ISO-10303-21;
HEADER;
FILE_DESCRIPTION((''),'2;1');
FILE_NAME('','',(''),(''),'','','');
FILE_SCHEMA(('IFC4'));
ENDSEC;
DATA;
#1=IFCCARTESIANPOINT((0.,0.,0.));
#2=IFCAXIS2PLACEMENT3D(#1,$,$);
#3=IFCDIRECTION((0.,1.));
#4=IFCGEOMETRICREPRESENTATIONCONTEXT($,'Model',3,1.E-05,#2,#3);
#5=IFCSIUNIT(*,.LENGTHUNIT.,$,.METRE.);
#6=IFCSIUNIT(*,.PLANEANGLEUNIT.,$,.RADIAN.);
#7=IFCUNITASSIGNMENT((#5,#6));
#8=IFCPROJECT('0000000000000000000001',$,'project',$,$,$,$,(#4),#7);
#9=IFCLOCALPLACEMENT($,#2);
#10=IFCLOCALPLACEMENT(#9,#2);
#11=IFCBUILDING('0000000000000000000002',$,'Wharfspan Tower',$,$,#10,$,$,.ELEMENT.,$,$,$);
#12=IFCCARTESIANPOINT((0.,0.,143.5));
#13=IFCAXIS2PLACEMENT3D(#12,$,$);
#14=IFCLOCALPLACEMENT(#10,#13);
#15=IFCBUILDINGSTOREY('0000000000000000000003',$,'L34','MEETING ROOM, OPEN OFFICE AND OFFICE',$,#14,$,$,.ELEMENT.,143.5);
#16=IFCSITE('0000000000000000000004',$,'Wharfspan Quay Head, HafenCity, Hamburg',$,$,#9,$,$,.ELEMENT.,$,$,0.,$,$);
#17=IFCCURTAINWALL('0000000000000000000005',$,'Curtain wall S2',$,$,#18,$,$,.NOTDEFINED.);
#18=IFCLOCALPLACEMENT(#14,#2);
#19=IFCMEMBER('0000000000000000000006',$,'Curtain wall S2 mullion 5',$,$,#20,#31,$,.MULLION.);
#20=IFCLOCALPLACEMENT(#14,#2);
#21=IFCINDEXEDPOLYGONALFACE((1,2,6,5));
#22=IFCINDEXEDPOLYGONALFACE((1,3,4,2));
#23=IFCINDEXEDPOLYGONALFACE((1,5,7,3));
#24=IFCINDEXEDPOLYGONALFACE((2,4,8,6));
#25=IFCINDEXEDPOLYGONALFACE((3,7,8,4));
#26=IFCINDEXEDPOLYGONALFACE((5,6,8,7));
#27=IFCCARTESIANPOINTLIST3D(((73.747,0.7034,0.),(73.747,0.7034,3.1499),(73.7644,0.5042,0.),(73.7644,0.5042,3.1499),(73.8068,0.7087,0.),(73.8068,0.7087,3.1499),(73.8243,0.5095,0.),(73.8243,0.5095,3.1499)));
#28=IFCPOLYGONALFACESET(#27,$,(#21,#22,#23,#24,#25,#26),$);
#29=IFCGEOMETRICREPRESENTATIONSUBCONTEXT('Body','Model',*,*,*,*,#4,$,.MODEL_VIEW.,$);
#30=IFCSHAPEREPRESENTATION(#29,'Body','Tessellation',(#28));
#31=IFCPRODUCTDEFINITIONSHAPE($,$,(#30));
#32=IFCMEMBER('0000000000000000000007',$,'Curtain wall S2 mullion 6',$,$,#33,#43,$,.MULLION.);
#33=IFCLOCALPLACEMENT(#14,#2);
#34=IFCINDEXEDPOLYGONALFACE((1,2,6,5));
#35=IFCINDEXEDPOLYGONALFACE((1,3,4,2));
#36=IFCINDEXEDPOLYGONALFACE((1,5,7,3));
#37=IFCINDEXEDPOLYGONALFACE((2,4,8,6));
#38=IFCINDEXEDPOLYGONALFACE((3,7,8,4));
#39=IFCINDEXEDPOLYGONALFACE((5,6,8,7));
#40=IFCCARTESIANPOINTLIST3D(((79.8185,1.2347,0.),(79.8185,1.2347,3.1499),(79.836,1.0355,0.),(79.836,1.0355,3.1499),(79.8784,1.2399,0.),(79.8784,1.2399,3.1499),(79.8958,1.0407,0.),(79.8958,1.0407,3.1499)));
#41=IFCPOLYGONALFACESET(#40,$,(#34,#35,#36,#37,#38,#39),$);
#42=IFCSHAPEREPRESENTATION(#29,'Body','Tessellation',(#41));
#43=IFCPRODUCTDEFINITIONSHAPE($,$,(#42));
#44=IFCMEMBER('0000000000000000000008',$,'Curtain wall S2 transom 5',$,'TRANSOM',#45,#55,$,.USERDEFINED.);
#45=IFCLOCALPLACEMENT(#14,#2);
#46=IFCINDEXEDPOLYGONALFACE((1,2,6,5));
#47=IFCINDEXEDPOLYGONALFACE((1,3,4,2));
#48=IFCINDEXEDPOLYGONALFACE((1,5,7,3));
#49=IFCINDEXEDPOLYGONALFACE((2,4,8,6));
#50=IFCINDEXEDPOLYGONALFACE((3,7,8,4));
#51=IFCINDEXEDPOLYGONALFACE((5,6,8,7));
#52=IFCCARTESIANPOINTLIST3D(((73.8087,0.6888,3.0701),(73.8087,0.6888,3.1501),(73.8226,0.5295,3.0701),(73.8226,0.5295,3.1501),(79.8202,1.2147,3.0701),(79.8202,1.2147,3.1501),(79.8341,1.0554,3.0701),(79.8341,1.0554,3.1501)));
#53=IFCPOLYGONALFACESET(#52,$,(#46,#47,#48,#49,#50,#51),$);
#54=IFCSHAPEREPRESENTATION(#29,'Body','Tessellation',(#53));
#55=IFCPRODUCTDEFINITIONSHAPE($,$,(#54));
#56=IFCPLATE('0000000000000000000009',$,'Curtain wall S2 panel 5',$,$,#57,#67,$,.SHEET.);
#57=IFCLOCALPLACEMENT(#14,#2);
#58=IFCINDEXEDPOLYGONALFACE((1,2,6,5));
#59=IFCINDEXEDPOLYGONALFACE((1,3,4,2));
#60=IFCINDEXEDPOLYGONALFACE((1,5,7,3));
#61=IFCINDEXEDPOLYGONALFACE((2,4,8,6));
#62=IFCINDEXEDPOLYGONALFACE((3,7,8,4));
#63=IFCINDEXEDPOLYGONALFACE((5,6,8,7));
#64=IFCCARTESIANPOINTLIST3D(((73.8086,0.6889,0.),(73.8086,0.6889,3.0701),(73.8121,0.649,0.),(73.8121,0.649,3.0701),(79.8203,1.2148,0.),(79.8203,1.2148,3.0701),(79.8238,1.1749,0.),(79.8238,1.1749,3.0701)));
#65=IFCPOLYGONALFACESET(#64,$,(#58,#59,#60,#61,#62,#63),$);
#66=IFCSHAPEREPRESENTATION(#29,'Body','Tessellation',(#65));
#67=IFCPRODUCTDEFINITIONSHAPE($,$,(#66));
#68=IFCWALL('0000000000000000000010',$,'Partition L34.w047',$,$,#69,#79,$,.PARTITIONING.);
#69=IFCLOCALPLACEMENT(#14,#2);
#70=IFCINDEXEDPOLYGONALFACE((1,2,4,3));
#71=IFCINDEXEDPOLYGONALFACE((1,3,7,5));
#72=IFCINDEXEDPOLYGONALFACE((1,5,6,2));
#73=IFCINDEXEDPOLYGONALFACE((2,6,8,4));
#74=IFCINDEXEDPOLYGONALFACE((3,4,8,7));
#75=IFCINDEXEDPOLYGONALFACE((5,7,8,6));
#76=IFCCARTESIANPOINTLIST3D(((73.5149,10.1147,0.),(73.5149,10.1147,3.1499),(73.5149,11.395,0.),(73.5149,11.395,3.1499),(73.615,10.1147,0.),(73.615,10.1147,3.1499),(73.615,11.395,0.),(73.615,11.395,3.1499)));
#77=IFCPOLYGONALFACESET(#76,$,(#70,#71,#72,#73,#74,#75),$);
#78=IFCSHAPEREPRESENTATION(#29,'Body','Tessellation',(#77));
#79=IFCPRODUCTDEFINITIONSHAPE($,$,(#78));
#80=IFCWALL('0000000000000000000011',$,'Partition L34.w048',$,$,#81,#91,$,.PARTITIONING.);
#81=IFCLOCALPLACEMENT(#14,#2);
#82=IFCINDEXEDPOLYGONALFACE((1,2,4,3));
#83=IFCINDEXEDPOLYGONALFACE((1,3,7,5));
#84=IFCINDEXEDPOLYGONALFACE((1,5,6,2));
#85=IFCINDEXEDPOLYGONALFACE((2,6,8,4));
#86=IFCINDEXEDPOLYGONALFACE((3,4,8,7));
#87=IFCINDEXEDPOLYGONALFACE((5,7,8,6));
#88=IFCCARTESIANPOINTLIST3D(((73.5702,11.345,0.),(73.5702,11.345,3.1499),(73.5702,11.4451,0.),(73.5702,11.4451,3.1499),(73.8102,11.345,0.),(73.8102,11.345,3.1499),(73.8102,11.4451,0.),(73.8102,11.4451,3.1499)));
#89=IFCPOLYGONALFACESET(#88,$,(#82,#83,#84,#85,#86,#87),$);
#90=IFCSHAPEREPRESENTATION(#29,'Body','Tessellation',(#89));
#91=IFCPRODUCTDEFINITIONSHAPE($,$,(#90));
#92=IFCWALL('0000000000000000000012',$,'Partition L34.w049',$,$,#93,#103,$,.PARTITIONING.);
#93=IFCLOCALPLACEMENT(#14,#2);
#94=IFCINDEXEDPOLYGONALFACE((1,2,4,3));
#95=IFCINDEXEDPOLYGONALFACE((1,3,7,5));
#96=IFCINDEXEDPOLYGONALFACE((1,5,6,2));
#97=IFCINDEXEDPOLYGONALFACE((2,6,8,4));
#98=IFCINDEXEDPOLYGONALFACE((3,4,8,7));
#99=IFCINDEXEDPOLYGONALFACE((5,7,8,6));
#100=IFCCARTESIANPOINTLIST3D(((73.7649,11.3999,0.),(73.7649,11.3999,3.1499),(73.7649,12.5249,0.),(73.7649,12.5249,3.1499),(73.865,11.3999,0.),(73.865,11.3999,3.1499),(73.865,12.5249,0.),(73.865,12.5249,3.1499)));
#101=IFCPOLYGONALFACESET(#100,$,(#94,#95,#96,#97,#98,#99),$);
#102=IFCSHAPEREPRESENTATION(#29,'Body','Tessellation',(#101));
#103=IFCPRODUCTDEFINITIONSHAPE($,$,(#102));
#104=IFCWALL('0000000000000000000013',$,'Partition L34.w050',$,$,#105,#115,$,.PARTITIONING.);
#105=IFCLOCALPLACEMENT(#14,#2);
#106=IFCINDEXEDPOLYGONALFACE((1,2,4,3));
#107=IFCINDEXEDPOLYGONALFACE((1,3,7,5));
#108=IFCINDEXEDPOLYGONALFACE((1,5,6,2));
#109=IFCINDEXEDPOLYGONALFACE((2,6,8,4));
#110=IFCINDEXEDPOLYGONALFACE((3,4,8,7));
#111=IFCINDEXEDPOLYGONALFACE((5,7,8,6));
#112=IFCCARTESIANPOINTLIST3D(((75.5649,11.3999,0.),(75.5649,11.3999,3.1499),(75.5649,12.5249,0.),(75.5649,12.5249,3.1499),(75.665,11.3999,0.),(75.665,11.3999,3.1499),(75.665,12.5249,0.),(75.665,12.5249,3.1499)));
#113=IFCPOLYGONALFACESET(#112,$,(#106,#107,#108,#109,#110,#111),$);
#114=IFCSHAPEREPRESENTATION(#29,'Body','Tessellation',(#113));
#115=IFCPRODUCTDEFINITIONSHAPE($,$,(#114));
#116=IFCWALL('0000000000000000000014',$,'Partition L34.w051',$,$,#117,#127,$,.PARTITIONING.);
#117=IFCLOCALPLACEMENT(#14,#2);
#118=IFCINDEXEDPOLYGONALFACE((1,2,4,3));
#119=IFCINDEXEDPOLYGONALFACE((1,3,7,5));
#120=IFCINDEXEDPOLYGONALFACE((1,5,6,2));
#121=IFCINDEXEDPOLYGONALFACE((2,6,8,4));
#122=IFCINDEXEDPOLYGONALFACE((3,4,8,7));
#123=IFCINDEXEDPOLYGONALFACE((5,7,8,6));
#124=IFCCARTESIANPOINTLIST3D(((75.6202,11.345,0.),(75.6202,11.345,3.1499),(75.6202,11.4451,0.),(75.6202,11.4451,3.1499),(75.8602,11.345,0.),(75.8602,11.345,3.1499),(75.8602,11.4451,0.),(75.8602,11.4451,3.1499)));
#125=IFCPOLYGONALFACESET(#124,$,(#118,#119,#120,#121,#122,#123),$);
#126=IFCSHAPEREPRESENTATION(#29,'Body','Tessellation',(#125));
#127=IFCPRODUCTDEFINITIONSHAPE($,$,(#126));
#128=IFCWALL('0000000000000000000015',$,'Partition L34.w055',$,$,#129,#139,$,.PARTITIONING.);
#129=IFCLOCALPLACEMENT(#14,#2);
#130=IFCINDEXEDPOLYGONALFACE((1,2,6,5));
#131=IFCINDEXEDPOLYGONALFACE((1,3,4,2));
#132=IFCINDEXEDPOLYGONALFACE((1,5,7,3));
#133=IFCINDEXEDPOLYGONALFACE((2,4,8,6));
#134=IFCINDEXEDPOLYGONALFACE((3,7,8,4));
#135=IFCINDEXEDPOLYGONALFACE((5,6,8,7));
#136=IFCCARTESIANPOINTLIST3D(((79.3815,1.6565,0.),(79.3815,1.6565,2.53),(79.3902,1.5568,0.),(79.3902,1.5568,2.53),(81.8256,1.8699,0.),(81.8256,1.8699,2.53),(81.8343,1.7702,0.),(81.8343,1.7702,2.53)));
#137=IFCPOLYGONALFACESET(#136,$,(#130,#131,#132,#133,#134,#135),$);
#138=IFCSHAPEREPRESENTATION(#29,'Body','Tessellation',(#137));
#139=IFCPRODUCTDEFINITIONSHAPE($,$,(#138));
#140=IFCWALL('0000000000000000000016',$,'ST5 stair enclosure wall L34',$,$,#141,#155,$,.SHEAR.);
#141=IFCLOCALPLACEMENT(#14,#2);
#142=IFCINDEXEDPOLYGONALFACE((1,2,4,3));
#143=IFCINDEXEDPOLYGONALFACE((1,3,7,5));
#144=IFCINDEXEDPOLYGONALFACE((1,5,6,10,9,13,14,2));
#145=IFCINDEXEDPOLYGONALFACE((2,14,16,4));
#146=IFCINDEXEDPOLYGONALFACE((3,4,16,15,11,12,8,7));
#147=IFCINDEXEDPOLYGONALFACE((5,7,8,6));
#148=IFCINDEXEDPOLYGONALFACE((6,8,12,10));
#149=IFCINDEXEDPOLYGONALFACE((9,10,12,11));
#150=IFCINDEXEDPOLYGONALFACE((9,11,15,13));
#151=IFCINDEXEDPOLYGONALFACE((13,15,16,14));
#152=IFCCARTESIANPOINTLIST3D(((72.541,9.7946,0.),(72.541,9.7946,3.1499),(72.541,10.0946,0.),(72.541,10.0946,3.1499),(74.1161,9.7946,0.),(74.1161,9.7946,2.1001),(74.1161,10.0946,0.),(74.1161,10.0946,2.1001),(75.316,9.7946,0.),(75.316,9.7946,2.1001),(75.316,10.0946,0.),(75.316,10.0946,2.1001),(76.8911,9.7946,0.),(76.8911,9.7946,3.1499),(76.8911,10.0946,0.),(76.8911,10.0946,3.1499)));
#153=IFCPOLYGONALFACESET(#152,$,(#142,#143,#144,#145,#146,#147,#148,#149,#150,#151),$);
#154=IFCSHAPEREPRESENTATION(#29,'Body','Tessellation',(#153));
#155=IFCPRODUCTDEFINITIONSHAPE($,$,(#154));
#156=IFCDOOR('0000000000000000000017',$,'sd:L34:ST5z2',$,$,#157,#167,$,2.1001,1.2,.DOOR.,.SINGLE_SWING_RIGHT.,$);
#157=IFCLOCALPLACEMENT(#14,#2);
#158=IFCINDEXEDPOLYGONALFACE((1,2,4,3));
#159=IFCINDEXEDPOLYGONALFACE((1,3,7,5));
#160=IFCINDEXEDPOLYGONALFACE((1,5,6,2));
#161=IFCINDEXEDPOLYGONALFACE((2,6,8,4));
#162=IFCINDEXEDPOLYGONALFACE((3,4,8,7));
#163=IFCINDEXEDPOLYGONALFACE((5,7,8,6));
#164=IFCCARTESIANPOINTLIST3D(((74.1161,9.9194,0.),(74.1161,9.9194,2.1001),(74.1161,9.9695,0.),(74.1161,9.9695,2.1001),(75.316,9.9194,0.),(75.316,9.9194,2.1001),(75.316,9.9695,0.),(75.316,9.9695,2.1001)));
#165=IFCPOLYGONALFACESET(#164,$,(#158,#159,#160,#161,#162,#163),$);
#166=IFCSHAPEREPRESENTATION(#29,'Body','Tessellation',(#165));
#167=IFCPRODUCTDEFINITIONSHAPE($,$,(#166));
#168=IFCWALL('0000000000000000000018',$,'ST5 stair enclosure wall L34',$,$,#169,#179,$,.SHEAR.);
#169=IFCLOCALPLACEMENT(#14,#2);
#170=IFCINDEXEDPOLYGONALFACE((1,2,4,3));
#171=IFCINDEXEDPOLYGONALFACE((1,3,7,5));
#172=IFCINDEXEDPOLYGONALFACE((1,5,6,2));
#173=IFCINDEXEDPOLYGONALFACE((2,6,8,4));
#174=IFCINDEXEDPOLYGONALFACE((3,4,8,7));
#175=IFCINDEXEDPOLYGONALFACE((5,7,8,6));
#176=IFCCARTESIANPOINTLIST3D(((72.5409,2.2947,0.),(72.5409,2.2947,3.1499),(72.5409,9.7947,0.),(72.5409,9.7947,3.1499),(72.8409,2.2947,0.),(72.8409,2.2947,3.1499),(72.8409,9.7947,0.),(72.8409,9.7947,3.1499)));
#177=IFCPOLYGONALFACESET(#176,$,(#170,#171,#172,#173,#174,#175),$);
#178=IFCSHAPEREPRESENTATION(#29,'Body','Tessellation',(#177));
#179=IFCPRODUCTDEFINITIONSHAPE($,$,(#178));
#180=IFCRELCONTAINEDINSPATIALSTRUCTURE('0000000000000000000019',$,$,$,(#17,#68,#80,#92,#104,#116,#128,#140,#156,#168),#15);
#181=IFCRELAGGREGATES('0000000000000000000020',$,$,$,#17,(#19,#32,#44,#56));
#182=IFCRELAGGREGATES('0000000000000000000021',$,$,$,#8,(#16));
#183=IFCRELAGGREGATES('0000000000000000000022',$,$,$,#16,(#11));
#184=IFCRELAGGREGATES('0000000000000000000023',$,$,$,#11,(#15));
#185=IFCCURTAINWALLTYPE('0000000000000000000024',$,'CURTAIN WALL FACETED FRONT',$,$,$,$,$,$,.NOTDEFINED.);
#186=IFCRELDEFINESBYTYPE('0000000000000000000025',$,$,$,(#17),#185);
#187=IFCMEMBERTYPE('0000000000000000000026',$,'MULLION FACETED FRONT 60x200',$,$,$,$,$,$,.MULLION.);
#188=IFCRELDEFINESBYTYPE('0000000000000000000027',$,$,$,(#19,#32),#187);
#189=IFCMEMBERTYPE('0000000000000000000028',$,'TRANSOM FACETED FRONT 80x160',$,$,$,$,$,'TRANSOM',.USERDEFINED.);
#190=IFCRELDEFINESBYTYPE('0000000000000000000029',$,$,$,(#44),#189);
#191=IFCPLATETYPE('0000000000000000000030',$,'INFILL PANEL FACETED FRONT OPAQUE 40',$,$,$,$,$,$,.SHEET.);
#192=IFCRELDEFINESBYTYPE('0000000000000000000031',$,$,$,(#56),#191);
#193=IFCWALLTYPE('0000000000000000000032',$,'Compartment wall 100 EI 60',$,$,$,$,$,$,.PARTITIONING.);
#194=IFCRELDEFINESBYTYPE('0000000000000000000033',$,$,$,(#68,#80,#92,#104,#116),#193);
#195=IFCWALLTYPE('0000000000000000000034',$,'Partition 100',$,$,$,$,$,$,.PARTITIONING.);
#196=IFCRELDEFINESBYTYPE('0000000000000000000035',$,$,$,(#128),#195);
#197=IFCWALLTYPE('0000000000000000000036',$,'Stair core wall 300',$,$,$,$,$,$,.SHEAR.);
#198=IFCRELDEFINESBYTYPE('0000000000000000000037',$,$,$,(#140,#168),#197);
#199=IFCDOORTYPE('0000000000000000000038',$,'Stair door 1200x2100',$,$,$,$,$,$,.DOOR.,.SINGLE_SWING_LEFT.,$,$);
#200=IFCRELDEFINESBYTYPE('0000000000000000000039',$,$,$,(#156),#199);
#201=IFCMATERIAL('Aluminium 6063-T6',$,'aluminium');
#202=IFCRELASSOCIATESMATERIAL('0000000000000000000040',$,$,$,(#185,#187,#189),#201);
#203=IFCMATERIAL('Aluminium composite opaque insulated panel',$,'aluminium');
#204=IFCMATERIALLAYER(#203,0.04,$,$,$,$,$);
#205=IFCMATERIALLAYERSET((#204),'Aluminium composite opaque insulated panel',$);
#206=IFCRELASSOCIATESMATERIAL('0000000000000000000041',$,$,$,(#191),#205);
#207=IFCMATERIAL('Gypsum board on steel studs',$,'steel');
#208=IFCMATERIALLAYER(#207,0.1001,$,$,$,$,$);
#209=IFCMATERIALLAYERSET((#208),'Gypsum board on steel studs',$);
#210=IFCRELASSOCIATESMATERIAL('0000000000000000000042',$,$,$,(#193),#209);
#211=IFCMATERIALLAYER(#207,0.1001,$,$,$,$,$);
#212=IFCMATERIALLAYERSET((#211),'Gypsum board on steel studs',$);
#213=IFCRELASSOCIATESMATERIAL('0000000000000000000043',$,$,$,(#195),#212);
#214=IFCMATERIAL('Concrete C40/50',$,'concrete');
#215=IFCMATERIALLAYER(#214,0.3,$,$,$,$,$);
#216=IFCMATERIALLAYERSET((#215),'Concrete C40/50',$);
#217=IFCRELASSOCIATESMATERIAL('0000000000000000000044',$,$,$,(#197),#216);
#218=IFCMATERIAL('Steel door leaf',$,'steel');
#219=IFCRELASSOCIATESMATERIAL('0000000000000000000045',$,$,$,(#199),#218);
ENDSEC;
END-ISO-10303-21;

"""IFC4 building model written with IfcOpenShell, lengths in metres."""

from ifc_helpers import new_model, si_unit, direction, frame, frame_2d, origin, origin_2d, place, context, subcontext, project, spatial, rectangle, extrude, material, layer, layer_set, material_profile, profile_set, type_object, element, fill, aggregate, save


model = new_model("IFC4")

# Units and contexts
model_context = context("Model", 3, precision=1e-05, world=origin(), true_north=direction((0.0, 1.0)))
body_context = subcontext(model_context, "Body", "Model", "MODEL_VIEW")
ifc_project = project(units=[si_unit("LENGTHUNIT", "METRE"), si_unit("PLANEANGLEUNIT", "RADIAN")], contexts=[model_context])

# Site, building, storey
site_placement = place(None, origin())
site = spatial("IfcSite", under=ifc_project, at=site_placement, Name="Wharfspan Quay Head, HafenCity, Hamburg", CompositionType="ELEMENT", RefElevation=0.0)
building_placement = place(site_placement, origin())
building = spatial("IfcBuilding", under=site, at=building_placement, Name="Wharfspan Tower", CompositionType="ELEMENT")
storey_placement = place(building_placement, frame((0.0, 0.0, 143.5)))
storey = spatial("IfcBuildingStorey", under=building, at=storey_placement, Name="L34", Description="MEETING ROOM, OPEN OFFICE AND OFFICE", CompositionType="ELEMENT", Elevation=143.5)

# Curtain wall, members, plate
ifc_material_1 = material(Name="Aluminium 6063-T6", Category="aluminium")
curtain_wall_type = type_object("IfcCurtainWallType", Name="CURTAIN WALL FACETED FRONT", PredefinedType="NOTDEFINED", material=ifc_material_1)
curtain_wall_placement = place(storey_placement, origin())
curtain_wall = element("IfcCurtainWall", 1, at=curtain_wall_placement, inside=storey, type_object=curtain_wall_type, Name="Curtain wall S2", PredefinedType="NOTDEFINED")
ifc_material_profile_1 = material_profile(ifc_material_1, rectangle(XDim=0.2, YDim=0.0601, at=origin_2d()))
ifc_profile_set_1 = profile_set([ifc_material_profile_1], Name="Aluminium 6063-T6")
member_type_1 = type_object("IfcMemberType", Name="MULLION FACETED FRONT 60x200", PredefinedType="MULLION", material=ifc_profile_set_1)
member_1_placement = place(storey_placement, frame((73.7856, 0.6064, 0.0), z_axis=(0.0, 0.0, 1.0), x_axis=(-0.087156, 0.996198, 0.0)))
member_1 = element("IfcMember", 2, at=member_1_placement, type_object=member_type_1, Name="Curtain wall S2 mullion 5", PredefinedType="MULLION", context=body_context, shape_type="SweptSolid", body=[
    extrude(rectangle(XDim=0.2, YDim=0.0601, at=origin_2d()), origin(), (0.0, 0.0, 1.0), 3.1499),
])
member_2_placement = place(storey_placement, frame((79.8572, 1.1377, 0.0), z_axis=(0.0, 0.0, 1.0), x_axis=(-0.087156, 0.996198, 0.0)))
member_2 = element("IfcMember", 3, at=member_2_placement, type_object=member_type_1, Name="Curtain wall S2 mullion 6", PredefinedType="MULLION", context=body_context, shape_type="SweptSolid", body=[
    extrude(rectangle(XDim=0.2, YDim=0.0601, at=origin_2d()), origin(), (0.0, 0.0, 1.0), 3.1499),
])
ifc_material_profile_2 = material_profile(ifc_material_1, rectangle(XDim=0.1599, YDim=0.0801, at=origin_2d()))
ifc_profile_set_2 = profile_set([ifc_material_profile_2], Name="Aluminium 6063-T6")
member_type_2 = type_object("IfcMemberType", Name="TRANSOM FACETED FRONT 80x160", ElementType="TRANSOM", PredefinedType="USERDEFINED", material=ifc_profile_set_2)
member_3_placement = place(storey_placement, frame((73.8157, 0.6091, 3.1101), z_axis=(0.996196, 0.087146, 0.0), x_axis=(-0.087146, 0.996196, 0.0)))
member_3 = element("IfcMember", 4, at=member_3_placement, type_object=member_type_2, Name="Curtain wall S2 transom 5", ObjectType="TRANSOM", PredefinedType="USERDEFINED", context=body_context, shape_type="SweptSolid", body=[
    extrude(rectangle(XDim=0.1599, YDim=0.0801, at=origin_2d()), origin(), (0.0, 0.0, 1.0), 6.0344),
])
ifc_material_2 = material(Name="Aluminium composite opaque insulated panel", Category="aluminium")
ifc_layer_1 = layer(ifc_material_2, 0.04)
ifc_layer_set_1 = layer_set([ifc_layer_1], Name="Aluminium composite opaque insulated panel")
plate_type = type_object("IfcPlateType", Name="INFILL PANEL FACETED FRONT OPAQUE 40", PredefinedType="SHEET", material=ifc_layer_set_1)
plate_placement = place(storey_placement, frame((76.8162, 0.9319, 0.0), z_axis=(0.0, 0.0, 1.0), x_axis=(0.996198, 0.087156, 0.0)))
plate = element("IfcPlate", 5, at=plate_placement, type_object=plate_type, Name="Curtain wall S2 panel 5", PredefinedType="SHEET", context=body_context, shape_type="SweptSolid", body=[
    extrude(rectangle(XDim=6.0347, YDim=0.04, at=origin_2d()), origin(), (0.0, 0.0, 1.0), 3.0701),
])
aggregate(curtain_wall, [member_1, member_2, member_3, plate])

# Walls
ifc_material_3 = material(Name="Gypsum board on steel studs", Category="steel")
ifc_layer_2 = layer(ifc_material_3, 0.1001)
ifc_layer_set_2 = layer_set([ifc_layer_2], Name="Gypsum board on steel studs")
wall_type_1 = type_object("IfcWallType", Name="Compartment wall 100 EI 60", PredefinedType="PARTITIONING", material=ifc_layer_set_2)
wall_1_placement = place(storey_placement, frame((73.5649, 10.1147, 0.0), z_axis=(0.0, 0.0, 1.0), x_axis=(0.0, 1.0, 0.0)))
element("IfcWall", 6, at=wall_1_placement, inside=storey, type_object=wall_type_1, Name="Partition L34.w047", PredefinedType="PARTITIONING", context=body_context, shape_type="SweptSolid", body=[
    extrude(rectangle(XDim=1.2803, YDim=0.1001, at=frame_2d((0.6401, 0.0))), origin(), (0.0, 0.0, 1.0), 3.1499),
])
wall_2_placement = place(storey_placement, frame((73.5701, 11.395, 0.0), z_axis=(0.0, 0.0, 1.0), x_axis=(1.0, 0.0, 0.0)))
element("IfcWall", 7, at=wall_2_placement, inside=storey, type_object=wall_type_1, Name="Partition L34.w048", PredefinedType="PARTITIONING", context=body_context, shape_type="SweptSolid", body=[
    extrude(rectangle(XDim=0.24, YDim=0.1001, at=frame_2d((0.1201, 0.0))), origin(), (0.0, 0.0, 1.0), 3.1499),
])
for number, where, z_axis, x_axis, name in (
    (8, (73.8149, 11.3999, 0.0), (0.0, 0.0, 1.0), (0.0, 1.0, 0.0), "Partition L34.w049"),
    (9, (75.615, 11.3999, 0.0), (0.0, 0.0, 1.0), (0.0, 1.0, 0.0), "Partition L34.w050"),
):
    element("IfcWall", number, at=place(storey_placement, frame(where, z_axis=z_axis, x_axis=x_axis)), inside=storey, type_object=wall_type_1, Name=name, PredefinedType="PARTITIONING", context=body_context, shape_type="SweptSolid", body=[
        extrude(rectangle(XDim=1.125, YDim=0.1001, at=frame_2d((0.5625, 0.0))), origin(), (0.0, 0.0, 1.0), 3.1499),
    ])
wall_3_placement = place(storey_placement, frame((75.6201, 11.395, 0.0), z_axis=(0.0, 0.0, 1.0), x_axis=(1.0, 0.0, 0.0)))
element("IfcWall", 10, at=wall_3_placement, inside=storey, type_object=wall_type_1, Name="Partition L34.w051", PredefinedType="PARTITIONING", context=body_context, shape_type="SweptSolid", body=[
    extrude(rectangle(XDim=0.24, YDim=0.1001, at=frame_2d((0.1201, 0.0))), origin(), (0.0, 0.0, 1.0), 3.1499),
])
ifc_layer_3 = layer(ifc_material_3, 0.1001)
ifc_layer_set_3 = layer_set([ifc_layer_3], Name="Gypsum board on steel studs")
wall_type_2 = type_object("IfcWallType", Name="Partition 100", PredefinedType="PARTITIONING", material=ifc_layer_set_3)
wall_4_placement = place(storey_placement, frame((79.386, 1.6067, 0.0), z_axis=(0.0, 0.0, 1.0), x_axis=(0.996209, 0.086973, 0.0)))
element("IfcWall", 11, at=wall_4_placement, inside=storey, type_object=wall_type_2, Name="Partition L34.w055", PredefinedType="PARTITIONING", context=body_context, shape_type="SweptSolid", body=[
    extrude(rectangle(XDim=2.4534, YDim=0.1001, at=frame_2d((1.2266, 0.0))), origin(), (0.0, 0.0, 1.0), 2.53),
])

# Wall, opening, door
ifc_material_4 = material(Name="Concrete C40/50", Category="concrete")
ifc_layer_4 = layer(ifc_material_4, 0.3)
ifc_layer_set_4 = layer_set([ifc_layer_4], Name="Concrete C40/50")
wall_type_3 = type_object("IfcWallType", Name="Stair core wall 300", PredefinedType="SHEAR", material=ifc_layer_set_4)
wall_5_placement = place(storey_placement, frame((72.541, 9.9446, 0.0), z_axis=(0.0, 0.0, 1.0), x_axis=(1.0, 0.0, 0.0)))
wall_5 = element("IfcWall", 12, at=wall_5_placement, inside=storey, type_object=wall_type_3, Name="ST5 stair enclosure wall L34", PredefinedType="SHEAR", context=body_context, shape_type="SweptSolid", body=[
    extrude(rectangle(XDim=4.3501, YDim=0.3, at=frame_2d((2.175, 0.0))), origin(), (0.0, 0.0, 1.0), 3.1499),
])
opening_placement = place(wall_5_placement, frame((1.575, 0.0, 0.0)))
opening = element("IfcOpeningElement", 13, at=opening_placement, cuts=wall_5, PredefinedType="OPENING", context=body_context, shape_type="SweptSolid", body=[
    extrude(rectangle(XDim=1.2, YDim=2.1001, at=frame_2d((0.6001, 1.05))), frame((0.0, 0.1599, 0.0), z_axis=(0.0, -1.0, 0.0), x_axis=(1.0, 0.0, 0.0)), (0.0, 0.0, 1.0), 0.3201),
])
ifc_material_5 = material(Name="Steel door leaf", Category="steel")
door_type = type_object("IfcDoorType", Name="Stair door 1200x2100", OperationType="SINGLE_SWING_LEFT", PredefinedType="DOOR", material=ifc_material_5)
door_placement = place(opening_placement, origin())
door = element("IfcDoor", 14, at=door_placement, inside=storey, type_object=door_type, Name="sd:L34:ST5z2", OperationType="SINGLE_SWING_RIGHT", OverallHeight=2.1001, OverallWidth=1.2, PredefinedType="DOOR", context=body_context, shape_type="SweptSolid", body=[
    extrude(rectangle(XDim=1.2, YDim=2.1001, at=frame_2d((0.6001, 1.05))), frame((0.0, 0.0249, 0.0), z_axis=(0.0, -1.0, 0.0), x_axis=(1.0, 0.0, 0.0)), (0.0, 0.0, 1.0), 0.05),
])
fill(opening, door)

# Wall
for number, where, z_axis, x_axis, name in (
    (15, (72.6909, 2.2947, 0.0), (0.0, 0.0, 1.0), (0.0, 1.0, 0.0), "ST5 stair enclosure wall L34"),
):
    element("IfcWall", number, at=place(storey_placement, frame(where, z_axis=z_axis, x_axis=x_axis)), inside=storey, type_object=wall_type_3, Name=name, PredefinedType="SHEAR", context=body_context, shape_type="SweptSolid", body=[
        extrude(rectangle(XDim=7.5, YDim=0.3, at=frame_2d((3.75, 0.0))), origin(), (0.0, 0.0, 1.0), 3.1499),
    ])

save(model, "model.ifc")
